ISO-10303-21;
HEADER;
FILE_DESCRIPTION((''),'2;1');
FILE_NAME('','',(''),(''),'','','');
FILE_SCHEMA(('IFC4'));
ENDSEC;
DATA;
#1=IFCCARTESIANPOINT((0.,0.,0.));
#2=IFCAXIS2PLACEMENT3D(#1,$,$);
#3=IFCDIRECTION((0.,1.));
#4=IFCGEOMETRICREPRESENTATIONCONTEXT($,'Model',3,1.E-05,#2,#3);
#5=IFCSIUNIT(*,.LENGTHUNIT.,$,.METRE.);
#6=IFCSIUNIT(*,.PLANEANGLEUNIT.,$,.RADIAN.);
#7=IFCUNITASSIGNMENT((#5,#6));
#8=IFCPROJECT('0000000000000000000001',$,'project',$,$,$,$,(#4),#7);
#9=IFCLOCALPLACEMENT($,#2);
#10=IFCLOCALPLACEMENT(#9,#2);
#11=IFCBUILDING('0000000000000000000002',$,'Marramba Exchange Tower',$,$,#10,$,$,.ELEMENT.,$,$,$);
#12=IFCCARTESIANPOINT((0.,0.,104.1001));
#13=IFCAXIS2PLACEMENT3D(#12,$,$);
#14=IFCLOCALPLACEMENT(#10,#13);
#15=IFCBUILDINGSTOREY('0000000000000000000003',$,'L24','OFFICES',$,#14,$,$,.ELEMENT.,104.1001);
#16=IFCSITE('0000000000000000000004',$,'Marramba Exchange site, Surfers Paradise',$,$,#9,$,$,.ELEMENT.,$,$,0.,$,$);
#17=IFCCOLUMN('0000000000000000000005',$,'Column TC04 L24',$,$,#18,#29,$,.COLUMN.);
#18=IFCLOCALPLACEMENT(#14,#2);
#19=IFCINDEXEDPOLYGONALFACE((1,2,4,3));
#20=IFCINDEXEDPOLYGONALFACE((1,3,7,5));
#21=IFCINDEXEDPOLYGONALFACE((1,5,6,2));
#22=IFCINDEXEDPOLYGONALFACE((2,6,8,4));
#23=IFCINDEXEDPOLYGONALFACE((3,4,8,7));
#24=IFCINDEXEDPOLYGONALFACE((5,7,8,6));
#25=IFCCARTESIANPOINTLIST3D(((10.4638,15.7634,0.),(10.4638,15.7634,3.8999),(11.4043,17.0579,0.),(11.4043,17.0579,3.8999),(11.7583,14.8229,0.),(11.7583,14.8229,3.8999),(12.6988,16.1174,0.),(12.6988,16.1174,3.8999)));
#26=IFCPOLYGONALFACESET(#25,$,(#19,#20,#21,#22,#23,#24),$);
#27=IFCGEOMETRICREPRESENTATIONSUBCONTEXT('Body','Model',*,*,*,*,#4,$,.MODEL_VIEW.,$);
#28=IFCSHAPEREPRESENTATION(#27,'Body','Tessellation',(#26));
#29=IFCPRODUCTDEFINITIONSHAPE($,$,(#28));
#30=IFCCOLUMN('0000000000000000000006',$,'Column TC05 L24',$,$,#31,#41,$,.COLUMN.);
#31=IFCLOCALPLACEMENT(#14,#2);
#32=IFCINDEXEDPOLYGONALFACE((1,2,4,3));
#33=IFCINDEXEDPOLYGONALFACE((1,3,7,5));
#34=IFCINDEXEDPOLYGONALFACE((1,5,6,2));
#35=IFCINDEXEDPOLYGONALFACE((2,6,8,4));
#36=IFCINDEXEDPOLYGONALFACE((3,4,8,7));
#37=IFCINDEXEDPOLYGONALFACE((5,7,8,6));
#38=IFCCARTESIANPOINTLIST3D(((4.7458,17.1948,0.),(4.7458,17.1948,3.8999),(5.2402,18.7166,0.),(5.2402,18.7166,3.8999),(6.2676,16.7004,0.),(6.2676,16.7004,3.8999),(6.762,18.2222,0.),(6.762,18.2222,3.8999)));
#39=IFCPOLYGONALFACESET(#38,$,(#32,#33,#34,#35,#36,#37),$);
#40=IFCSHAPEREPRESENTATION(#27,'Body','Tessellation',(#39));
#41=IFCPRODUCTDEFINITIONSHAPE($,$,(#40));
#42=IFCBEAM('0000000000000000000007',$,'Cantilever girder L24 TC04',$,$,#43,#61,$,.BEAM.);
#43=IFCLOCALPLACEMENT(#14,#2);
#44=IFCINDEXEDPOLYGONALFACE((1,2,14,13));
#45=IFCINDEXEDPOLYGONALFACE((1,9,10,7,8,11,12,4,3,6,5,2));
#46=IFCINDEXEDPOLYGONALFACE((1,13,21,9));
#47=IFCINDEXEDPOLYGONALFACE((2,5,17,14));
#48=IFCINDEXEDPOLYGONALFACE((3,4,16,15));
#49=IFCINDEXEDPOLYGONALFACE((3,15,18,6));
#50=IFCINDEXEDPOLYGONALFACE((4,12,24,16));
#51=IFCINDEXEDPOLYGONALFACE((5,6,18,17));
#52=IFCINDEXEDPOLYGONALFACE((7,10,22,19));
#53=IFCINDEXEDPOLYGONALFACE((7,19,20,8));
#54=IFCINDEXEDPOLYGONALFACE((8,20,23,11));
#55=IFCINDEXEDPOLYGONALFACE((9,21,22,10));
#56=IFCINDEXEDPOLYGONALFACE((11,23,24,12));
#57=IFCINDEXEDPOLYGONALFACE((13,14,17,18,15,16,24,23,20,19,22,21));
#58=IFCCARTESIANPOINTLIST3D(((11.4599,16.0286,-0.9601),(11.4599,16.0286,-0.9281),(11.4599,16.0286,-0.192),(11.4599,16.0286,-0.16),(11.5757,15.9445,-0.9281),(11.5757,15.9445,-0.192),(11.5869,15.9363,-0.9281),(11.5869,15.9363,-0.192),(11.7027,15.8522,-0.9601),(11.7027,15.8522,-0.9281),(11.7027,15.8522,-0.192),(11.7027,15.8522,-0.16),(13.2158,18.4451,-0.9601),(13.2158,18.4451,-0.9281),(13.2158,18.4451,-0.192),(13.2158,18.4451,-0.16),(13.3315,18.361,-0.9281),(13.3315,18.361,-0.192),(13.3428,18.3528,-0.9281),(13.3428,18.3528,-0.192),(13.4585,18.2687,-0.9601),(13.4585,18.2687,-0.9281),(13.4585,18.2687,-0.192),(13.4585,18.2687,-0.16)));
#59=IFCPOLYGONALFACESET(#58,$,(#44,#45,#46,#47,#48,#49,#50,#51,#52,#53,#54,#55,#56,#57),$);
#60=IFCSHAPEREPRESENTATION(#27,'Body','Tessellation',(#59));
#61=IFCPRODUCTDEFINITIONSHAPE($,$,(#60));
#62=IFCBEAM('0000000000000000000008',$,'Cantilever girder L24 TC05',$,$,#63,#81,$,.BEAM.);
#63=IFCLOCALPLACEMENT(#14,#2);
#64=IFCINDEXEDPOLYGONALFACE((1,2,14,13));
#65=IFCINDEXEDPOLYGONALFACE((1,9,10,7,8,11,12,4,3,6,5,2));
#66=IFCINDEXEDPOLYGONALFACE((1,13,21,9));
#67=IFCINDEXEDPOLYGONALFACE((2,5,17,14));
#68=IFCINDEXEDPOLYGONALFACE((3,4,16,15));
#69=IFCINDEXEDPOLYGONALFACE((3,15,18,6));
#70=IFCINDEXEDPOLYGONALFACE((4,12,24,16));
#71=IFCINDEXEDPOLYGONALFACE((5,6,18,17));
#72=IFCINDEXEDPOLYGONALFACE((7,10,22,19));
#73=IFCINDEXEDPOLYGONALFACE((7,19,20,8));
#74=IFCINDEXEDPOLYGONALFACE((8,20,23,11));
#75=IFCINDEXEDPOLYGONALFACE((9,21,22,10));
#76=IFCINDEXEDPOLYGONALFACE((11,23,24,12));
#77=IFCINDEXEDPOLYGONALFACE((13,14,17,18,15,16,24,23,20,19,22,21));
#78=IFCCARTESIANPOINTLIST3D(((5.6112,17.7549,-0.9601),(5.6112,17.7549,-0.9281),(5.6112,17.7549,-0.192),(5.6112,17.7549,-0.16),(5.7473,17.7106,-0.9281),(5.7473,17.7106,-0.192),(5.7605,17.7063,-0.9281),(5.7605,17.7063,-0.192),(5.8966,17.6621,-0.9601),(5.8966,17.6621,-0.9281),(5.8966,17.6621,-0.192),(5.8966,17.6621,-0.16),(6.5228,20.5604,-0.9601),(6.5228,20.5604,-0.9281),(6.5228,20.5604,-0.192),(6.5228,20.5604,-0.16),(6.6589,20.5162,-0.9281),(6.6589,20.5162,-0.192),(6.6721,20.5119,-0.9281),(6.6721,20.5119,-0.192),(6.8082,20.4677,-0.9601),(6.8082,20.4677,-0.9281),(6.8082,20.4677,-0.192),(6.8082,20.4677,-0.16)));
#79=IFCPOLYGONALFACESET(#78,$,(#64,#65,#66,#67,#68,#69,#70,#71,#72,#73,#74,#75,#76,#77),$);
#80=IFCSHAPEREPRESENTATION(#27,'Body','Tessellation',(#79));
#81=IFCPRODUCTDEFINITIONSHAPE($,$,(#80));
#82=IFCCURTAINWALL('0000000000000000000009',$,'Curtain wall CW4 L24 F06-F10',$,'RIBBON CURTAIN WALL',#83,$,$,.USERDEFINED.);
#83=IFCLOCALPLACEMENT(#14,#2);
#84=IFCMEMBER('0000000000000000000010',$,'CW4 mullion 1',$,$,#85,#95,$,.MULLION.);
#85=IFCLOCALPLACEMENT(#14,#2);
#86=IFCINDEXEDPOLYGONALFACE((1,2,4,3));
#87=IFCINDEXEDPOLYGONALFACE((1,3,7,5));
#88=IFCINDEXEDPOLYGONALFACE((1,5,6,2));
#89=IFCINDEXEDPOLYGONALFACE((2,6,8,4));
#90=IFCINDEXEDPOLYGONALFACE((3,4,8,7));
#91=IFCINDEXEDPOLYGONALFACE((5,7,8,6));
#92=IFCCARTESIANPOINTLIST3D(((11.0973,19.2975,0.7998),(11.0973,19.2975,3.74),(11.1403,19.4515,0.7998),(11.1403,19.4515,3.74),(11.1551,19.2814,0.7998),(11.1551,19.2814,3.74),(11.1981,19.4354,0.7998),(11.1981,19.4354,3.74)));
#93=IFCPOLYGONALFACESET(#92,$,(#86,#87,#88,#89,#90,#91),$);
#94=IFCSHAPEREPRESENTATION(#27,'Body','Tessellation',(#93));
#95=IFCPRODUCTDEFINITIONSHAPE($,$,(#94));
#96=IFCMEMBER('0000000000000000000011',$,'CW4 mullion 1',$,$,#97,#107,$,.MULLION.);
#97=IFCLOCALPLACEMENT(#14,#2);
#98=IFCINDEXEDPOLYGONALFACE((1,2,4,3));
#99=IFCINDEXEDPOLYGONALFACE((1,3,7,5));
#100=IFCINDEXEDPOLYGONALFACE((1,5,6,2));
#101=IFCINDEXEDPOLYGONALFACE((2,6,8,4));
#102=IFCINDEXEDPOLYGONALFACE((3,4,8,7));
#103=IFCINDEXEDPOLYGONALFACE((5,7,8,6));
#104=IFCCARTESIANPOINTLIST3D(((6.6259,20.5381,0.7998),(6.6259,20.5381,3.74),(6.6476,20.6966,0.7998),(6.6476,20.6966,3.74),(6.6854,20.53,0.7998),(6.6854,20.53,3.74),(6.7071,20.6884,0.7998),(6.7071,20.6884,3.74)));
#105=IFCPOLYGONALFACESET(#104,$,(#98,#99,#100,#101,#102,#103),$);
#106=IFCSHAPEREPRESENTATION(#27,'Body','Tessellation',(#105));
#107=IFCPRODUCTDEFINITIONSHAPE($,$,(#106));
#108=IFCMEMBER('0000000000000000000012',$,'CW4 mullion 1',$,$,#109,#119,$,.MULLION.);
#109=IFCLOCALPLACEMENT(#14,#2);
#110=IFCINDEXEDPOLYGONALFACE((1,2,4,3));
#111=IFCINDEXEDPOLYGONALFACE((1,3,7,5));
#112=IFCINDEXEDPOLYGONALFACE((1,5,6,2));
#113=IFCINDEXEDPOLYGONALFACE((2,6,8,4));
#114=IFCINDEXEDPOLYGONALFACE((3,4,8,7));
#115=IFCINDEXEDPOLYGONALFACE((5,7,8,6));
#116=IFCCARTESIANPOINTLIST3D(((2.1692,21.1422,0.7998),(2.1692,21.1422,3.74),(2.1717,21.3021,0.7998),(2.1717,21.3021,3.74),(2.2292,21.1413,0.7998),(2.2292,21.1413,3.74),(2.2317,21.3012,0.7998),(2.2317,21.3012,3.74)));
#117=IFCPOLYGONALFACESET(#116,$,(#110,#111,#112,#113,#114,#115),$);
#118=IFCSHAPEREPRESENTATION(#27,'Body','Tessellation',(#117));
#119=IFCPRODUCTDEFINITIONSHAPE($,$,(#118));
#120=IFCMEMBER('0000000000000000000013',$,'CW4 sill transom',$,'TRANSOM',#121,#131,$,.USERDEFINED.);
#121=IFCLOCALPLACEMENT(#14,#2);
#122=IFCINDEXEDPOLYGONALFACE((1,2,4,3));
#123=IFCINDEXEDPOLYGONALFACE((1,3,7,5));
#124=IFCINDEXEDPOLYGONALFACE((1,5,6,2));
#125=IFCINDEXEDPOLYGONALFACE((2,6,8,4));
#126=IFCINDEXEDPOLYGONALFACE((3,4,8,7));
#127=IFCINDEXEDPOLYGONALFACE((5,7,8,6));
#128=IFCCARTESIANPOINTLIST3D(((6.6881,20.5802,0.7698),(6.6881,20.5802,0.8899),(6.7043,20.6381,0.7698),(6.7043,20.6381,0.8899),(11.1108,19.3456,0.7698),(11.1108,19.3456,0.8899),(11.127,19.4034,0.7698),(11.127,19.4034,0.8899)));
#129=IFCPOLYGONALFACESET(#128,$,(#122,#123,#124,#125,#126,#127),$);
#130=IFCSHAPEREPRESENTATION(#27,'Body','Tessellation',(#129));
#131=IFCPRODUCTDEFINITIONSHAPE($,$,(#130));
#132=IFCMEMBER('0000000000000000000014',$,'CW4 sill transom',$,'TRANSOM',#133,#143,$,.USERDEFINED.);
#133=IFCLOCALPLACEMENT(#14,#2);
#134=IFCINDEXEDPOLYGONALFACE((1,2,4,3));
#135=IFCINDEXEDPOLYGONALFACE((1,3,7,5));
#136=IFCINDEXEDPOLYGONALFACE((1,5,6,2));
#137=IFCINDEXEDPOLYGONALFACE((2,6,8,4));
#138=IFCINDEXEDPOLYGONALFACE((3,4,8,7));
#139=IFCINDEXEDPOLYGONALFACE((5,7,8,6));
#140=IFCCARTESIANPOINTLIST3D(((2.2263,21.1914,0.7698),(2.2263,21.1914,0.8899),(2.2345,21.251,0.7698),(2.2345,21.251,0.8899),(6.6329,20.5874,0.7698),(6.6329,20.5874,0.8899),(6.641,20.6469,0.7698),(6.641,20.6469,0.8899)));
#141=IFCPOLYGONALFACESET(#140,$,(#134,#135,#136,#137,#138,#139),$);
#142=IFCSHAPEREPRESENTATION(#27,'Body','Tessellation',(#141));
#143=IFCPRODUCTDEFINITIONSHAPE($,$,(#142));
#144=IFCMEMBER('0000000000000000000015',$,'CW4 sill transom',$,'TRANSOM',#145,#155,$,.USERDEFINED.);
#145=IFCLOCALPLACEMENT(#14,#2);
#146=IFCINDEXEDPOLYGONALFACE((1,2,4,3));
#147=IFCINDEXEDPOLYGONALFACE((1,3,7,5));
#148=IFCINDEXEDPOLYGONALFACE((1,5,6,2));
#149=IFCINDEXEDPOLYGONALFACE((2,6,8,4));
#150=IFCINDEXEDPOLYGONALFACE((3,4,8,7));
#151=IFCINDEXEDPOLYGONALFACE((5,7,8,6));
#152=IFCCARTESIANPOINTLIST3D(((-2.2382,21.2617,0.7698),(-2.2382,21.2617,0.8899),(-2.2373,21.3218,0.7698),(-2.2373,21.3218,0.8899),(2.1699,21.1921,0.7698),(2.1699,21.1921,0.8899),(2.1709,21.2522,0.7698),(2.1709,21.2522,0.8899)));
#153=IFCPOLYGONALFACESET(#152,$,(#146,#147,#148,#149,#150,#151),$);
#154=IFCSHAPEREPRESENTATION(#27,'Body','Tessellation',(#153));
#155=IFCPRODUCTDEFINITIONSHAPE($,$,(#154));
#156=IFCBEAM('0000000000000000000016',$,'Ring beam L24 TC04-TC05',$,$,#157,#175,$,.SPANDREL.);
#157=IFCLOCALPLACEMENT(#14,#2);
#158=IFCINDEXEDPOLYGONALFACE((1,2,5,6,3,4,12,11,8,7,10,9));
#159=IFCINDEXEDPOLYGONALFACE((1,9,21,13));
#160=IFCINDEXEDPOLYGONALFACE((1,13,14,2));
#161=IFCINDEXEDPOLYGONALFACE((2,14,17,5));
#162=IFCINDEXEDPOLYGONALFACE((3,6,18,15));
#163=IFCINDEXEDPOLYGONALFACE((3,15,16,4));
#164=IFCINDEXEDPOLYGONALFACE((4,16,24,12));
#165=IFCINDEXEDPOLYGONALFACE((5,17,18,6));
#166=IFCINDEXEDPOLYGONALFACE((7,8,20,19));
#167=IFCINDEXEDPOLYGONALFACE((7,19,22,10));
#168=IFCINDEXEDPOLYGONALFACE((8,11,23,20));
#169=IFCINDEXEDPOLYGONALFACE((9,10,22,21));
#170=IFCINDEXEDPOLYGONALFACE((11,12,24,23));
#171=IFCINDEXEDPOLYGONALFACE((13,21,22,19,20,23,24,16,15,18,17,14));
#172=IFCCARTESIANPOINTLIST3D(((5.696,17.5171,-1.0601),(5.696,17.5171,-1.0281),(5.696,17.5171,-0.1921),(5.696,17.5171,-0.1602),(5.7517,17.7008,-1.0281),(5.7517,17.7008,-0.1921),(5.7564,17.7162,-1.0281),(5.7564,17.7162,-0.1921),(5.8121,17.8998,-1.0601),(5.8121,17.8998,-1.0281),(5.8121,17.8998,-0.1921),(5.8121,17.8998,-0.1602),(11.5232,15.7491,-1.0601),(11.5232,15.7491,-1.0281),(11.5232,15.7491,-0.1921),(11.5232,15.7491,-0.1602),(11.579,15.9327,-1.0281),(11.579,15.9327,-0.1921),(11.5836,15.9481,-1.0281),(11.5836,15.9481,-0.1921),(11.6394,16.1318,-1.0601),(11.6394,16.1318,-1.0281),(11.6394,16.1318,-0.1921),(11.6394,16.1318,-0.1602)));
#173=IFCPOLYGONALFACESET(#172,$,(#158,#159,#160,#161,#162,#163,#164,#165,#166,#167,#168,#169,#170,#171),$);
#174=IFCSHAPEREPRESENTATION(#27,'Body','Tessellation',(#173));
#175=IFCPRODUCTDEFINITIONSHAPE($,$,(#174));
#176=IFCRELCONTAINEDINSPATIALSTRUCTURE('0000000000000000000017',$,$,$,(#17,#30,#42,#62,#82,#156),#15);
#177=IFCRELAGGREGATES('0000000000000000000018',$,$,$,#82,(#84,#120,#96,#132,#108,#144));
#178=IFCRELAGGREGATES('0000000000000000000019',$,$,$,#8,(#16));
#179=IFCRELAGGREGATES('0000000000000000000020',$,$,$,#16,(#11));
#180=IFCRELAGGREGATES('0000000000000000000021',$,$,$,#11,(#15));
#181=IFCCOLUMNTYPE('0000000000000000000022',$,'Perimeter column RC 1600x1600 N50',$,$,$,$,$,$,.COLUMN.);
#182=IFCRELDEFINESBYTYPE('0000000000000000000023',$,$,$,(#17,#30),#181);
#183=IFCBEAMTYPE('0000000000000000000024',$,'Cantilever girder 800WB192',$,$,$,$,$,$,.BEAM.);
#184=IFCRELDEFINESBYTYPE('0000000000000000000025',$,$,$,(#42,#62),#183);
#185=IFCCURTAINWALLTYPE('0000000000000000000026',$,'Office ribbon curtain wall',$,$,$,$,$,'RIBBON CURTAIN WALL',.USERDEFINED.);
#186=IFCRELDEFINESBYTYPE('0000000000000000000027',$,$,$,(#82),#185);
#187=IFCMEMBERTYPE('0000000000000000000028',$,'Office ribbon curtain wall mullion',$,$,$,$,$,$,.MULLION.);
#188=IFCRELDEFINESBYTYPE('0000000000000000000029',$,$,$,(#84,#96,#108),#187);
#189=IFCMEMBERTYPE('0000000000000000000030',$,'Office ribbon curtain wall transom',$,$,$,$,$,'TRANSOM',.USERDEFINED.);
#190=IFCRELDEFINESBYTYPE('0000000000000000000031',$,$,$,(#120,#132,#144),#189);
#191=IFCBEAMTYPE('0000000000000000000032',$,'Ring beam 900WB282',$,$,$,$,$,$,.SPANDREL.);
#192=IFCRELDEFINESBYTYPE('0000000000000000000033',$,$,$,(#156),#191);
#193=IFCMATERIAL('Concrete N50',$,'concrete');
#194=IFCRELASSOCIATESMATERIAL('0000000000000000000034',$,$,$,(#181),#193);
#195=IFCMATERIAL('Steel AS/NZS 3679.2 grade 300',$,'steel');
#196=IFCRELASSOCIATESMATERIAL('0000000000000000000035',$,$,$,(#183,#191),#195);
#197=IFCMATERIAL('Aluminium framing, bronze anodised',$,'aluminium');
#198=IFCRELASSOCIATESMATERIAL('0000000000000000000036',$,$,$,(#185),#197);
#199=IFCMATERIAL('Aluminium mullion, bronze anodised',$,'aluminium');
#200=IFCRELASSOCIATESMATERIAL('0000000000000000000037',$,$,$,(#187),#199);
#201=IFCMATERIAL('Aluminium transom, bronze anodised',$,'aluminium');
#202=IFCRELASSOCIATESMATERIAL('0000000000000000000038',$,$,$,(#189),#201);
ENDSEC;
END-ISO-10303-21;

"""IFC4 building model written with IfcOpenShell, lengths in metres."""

from ifc_helpers import new_model, si_unit, direction, frame, origin, origin_2d, place, context, subcontext, project, spatial, rectangle, i_section, extrude, material, material_profile, profile_set, type_object, element, aggregate, save


model = new_model("IFC4")

# Units and contexts
model_context = context("Model", 3, precision=1e-05, world=origin(), true_north=direction((0.0, 1.0)))
body_context = subcontext(model_context, "Body", "Model", "MODEL_VIEW")
ifc_project = project(units=[si_unit("LENGTHUNIT", "METRE"), si_unit("PLANEANGLEUNIT", "RADIAN")], contexts=[model_context])

# Site, building, storey
site_placement = place(None, origin())
site = spatial("IfcSite", under=ifc_project, at=site_placement, Name="Marramba Exchange site, Surfers Paradise", CompositionType="ELEMENT", RefElevation=0.0)
building_placement = place(site_placement, origin())
building = spatial("IfcBuilding", under=site, at=building_placement, Name="Marramba Exchange Tower", CompositionType="ELEMENT")
storey_placement = place(building_placement, frame((0.0, 0.0, 104.1001)))
storey = spatial("IfcBuildingStorey", under=building, at=storey_placement, Name="L24", Description="OFFICES", CompositionType="ELEMENT", Elevation=104.1001)

# Columns
ifc_material_1 = material(Name="Concrete N50", Category="concrete")
ifc_material_profile_1 = material_profile(ifc_material_1, rectangle(XDim=1.6001, YDim=1.6001, at=origin_2d()), Name="RC 1600x1600")
ifc_profile_set_1 = profile_set([ifc_material_profile_1], Name="Concrete N50")
column_type = type_object("IfcColumnType", Name="Perimeter column RC 1600x1600 N50", PredefinedType="COLUMN", material=ifc_profile_set_1)
for number, where, z_axis, x_axis, name in (
    (1, (11.5813, 15.9404, 0.0), (0.0, 0.0, 1.0), (0.587785, 0.809017, 0.0), "Column TC04 L24"),
    (2, (5.7539, 17.7085, 0.0), (0.0, 0.0, 1.0), (0.309017, 0.951057, 0.0), "Column TC05 L24"),
):
    element("IfcColumn", number, at=place(storey_placement, frame(where, z_axis=z_axis, x_axis=x_axis)), inside=storey, type_object=column_type, Name=name, PredefinedType="COLUMN", context=body_context, shape_type="SweptSolid", body=[
        extrude(rectangle(XDim=1.6001, YDim=1.6001, at=origin_2d()), origin(), (0.0, 0.0, 1.0), 3.8999),
    ])

# Beams
ifc_material_2 = material(Name="Steel AS/NZS 3679.2 grade 300", Category="steel")
ifc_material_profile_2 = material_profile(ifc_material_2, i_section(OverallWidth=0.3, OverallDepth=0.8, WebThickness=0.0139, FlangeThickness=0.032, at=origin_2d()), Name="800WB192")
ifc_profile_set_2 = profile_set([ifc_material_profile_2], Name="Steel AS/NZS 3679.2 grade 300")
beam_type_1 = type_object("IfcBeamType", Name="Cantilever girder 800WB192", PredefinedType="BEAM", material=ifc_profile_set_2)
beam_1_placement = place(storey_placement, frame((11.5813, 15.9404, -0.5601), z_axis=(0.587822, 0.80899, 0.0), x_axis=(-0.80899, 0.587822, 0.0)))
element("IfcBeam", 3, at=beam_1_placement, inside=storey, type_object=beam_type_1, Name="Cantilever girder L24 TC04", PredefinedType="BEAM", context=body_context, shape_type="SweptSolid", body=[
    extrude(i_section(OverallWidth=0.3, OverallDepth=0.8, WebThickness=0.0139, FlangeThickness=0.032, at=origin_2d()), origin(), (0.0, 0.0, 1.0), 2.9871),
])
beam_2_placement = place(storey_placement, frame((5.7539, 17.7085, -0.5601), z_axis=(0.309019, 0.951056, 0.0), x_axis=(-0.951056, 0.309019, 0.0)))
element("IfcBeam", 4, at=beam_2_placement, inside=storey, type_object=beam_type_1, Name="Cantilever girder L24 TC05", PredefinedType="BEAM", context=body_context, shape_type="SweptSolid", body=[
    extrude(i_section(OverallWidth=0.3, OverallDepth=0.8, WebThickness=0.0139, FlangeThickness=0.032, at=origin_2d()), origin(), (0.0, 0.0, 1.0), 2.95),
])

# Curtain wall, members
ifc_material_3 = material(Name="Aluminium framing, bronze anodised", Category="aluminium")
curtain_wall_type = type_object("IfcCurtainWallType", Name="Office ribbon curtain wall", ElementType="RIBBON CURTAIN WALL", PredefinedType="USERDEFINED", material=ifc_material_3)
curtain_wall_1_placement = place(storey_placement, origin())
curtain_wall_1 = element("IfcCurtainWall", 5, at=curtain_wall_1_placement, inside=storey, type_object=curtain_wall_type, Name="Curtain wall CW4 L24 F06-F10", ObjectType="RIBBON CURTAIN WALL", PredefinedType="USERDEFINED")
ifc_material_4 = material(Name="Aluminium mullion, bronze anodised", Category="aluminium")
ifc_material_profile_3 = material_profile(ifc_material_4, rectangle(XDim=0.1599, YDim=0.0601, at=origin_2d()), Name="CW4 mullion 60x160")
ifc_profile_set_3 = profile_set([ifc_material_profile_3], Name="Aluminium mullion, bronze anodised")
member_type_1 = type_object("IfcMemberType", Name="Office ribbon curtain wall mullion", PredefinedType="MULLION", material=ifc_profile_set_3)
member_1_placement = place(storey_placement, frame((11.1477, 19.3665, 0.7998), z_axis=(0.0, 0.0, 1.0), x_axis=(-0.268865, -0.963178, 0.0)))
member_1 = element("IfcMember", 6, at=member_1_placement, type_object=member_type_1, Name="CW4 mullion 1", PredefinedType="MULLION", context=body_context, shape_type="SweptSolid", body=[
    extrude(rectangle(XDim=0.1599, YDim=0.0601, at=origin_2d()), origin(), (0.0, 0.0, 1.0), 2.9402),
])
member_2_placement = place(storey_placement, frame((6.6665, 20.6133, 0.7998), z_axis=(0.0, 0.0, 1.0), x_axis=(-0.135786, -0.990738, 0.0)))
member_2 = element("IfcMember", 7, at=member_2_placement, type_object=member_type_1, Name="CW4 mullion 1", PredefinedType="MULLION", context=body_context, shape_type="SweptSolid", body=[
    extrude(rectangle(XDim=0.1599, YDim=0.0601, at=origin_2d()), origin(), (0.0, 0.0, 1.0), 2.9402),
])
member_3_placement = place(storey_placement, frame((2.2004, 21.2217, 0.7998), z_axis=(0.0, 0.0, 1.0), x_axis=(-0.015756, -0.999876, 0.0)))
member_3 = element("IfcMember", 8, at=member_3_placement, type_object=member_type_1, Name="CW4 mullion 1", PredefinedType="MULLION", context=body_context, shape_type="SweptSolid", body=[
    extrude(rectangle(XDim=0.1599, YDim=0.0601, at=origin_2d()), origin(), (0.0, 0.0, 1.0), 2.9402),
])
ifc_material_5 = material(Name="Aluminium transom, bronze anodised", Category="aluminium")
ifc_material_profile_4 = material_profile(ifc_material_5, rectangle(XDim=0.0601, YDim=0.1201, at=origin_2d()), Name="CW4 transom 60x120")
ifc_profile_set_4 = profile_set([ifc_material_profile_4], Name="Aluminium transom, bronze anodised")
member_type_2 = type_object("IfcMemberType", Name="Office ribbon curtain wall transom", ElementType="TRANSOM", PredefinedType="USERDEFINED", material=ifc_profile_set_4)
member_4_placement = place(storey_placement, frame((11.1189, 19.3745, 0.8298), z_axis=(-0.963174, 0.26888, 0.0), x_axis=(-0.26888, -0.963174, 0.0)))
member_4 = element("IfcMember", 9, at=member_4_placement, type_object=member_type_2, Name="CW4 sill transom", ObjectType="TRANSOM", PredefinedType="USERDEFINED", context=body_context, shape_type="SweptSolid", body=[
    extrude(rectangle(XDim=0.0601, YDim=0.1201, at=origin_2d()), origin(), (0.0, 0.0, 1.0), 4.5918),
])
member_5_placement = place(storey_placement, frame((6.637, 20.6172, 0.8298), z_axis=(-0.990736, 0.135801, 0.0), x_axis=(-0.135801, -0.990736, 0.0)))
member_5 = element("IfcMember", 10, at=member_5_placement, type_object=member_type_2, Name="CW4 sill transom", ObjectType="TRANSOM", PredefinedType="USERDEFINED", context=body_context, shape_type="SweptSolid", body=[
    extrude(rectangle(XDim=0.0601, YDim=0.1201, at=origin_2d()), origin(), (0.0, 0.0, 1.0), 4.4478),
])
member_6_placement = place(storey_placement, frame((2.1704, 21.2222, 0.8298), z_axis=(-0.999875, 0.015782, 0.0), x_axis=(-0.015782, -0.999875, 0.0)))
member_6 = element("IfcMember", 11, at=member_6_placement, type_object=member_type_2, Name="CW4 sill transom", ObjectType="TRANSOM", PredefinedType="USERDEFINED", context=body_context, shape_type="SweptSolid", body=[
    extrude(rectangle(XDim=0.0601, YDim=0.1201, at=origin_2d()), origin(), (0.0, 0.0, 1.0), 4.4087),
])

# Beam
ifc_material_profile_5 = material_profile(ifc_material_2, i_section(OverallWidth=0.3999, OverallDepth=0.8999, WebThickness=0.0161, FlangeThickness=0.032, at=origin_2d()), Name="900WB282")
ifc_profile_set_5 = profile_set([ifc_material_profile_5], Name="Steel AS/NZS 3679.2 grade 300")
beam_type_2 = type_object("IfcBeamType", Name="Ring beam 900WB282", PredefinedType="SPANDREL", material=ifc_profile_set_5)
beam_3_placement = place(storey_placement, frame((11.5813, 15.9404, -0.6101), z_axis=(-0.956925, 0.290337, 0.0), x_axis=(-0.290337, -0.956925, 0.0)))
element("IfcBeam", 12, at=beam_3_placement, inside=storey, type_object=beam_type_2, Name="Ring beam L24 TC04-TC05", PredefinedType="SPANDREL", context=body_context, shape_type="SweptSolid", body=[
    extrude(i_section(OverallWidth=0.3999, OverallDepth=0.8999, WebThickness=0.0161, FlangeThickness=0.032, at=origin_2d()), origin(), (0.0, 0.0, 1.0), 6.0896),
])

aggregate(curtain_wall_1, [member_1, member_4, member_2, member_5, member_3, member_6])

save(model, "model.ifc")
